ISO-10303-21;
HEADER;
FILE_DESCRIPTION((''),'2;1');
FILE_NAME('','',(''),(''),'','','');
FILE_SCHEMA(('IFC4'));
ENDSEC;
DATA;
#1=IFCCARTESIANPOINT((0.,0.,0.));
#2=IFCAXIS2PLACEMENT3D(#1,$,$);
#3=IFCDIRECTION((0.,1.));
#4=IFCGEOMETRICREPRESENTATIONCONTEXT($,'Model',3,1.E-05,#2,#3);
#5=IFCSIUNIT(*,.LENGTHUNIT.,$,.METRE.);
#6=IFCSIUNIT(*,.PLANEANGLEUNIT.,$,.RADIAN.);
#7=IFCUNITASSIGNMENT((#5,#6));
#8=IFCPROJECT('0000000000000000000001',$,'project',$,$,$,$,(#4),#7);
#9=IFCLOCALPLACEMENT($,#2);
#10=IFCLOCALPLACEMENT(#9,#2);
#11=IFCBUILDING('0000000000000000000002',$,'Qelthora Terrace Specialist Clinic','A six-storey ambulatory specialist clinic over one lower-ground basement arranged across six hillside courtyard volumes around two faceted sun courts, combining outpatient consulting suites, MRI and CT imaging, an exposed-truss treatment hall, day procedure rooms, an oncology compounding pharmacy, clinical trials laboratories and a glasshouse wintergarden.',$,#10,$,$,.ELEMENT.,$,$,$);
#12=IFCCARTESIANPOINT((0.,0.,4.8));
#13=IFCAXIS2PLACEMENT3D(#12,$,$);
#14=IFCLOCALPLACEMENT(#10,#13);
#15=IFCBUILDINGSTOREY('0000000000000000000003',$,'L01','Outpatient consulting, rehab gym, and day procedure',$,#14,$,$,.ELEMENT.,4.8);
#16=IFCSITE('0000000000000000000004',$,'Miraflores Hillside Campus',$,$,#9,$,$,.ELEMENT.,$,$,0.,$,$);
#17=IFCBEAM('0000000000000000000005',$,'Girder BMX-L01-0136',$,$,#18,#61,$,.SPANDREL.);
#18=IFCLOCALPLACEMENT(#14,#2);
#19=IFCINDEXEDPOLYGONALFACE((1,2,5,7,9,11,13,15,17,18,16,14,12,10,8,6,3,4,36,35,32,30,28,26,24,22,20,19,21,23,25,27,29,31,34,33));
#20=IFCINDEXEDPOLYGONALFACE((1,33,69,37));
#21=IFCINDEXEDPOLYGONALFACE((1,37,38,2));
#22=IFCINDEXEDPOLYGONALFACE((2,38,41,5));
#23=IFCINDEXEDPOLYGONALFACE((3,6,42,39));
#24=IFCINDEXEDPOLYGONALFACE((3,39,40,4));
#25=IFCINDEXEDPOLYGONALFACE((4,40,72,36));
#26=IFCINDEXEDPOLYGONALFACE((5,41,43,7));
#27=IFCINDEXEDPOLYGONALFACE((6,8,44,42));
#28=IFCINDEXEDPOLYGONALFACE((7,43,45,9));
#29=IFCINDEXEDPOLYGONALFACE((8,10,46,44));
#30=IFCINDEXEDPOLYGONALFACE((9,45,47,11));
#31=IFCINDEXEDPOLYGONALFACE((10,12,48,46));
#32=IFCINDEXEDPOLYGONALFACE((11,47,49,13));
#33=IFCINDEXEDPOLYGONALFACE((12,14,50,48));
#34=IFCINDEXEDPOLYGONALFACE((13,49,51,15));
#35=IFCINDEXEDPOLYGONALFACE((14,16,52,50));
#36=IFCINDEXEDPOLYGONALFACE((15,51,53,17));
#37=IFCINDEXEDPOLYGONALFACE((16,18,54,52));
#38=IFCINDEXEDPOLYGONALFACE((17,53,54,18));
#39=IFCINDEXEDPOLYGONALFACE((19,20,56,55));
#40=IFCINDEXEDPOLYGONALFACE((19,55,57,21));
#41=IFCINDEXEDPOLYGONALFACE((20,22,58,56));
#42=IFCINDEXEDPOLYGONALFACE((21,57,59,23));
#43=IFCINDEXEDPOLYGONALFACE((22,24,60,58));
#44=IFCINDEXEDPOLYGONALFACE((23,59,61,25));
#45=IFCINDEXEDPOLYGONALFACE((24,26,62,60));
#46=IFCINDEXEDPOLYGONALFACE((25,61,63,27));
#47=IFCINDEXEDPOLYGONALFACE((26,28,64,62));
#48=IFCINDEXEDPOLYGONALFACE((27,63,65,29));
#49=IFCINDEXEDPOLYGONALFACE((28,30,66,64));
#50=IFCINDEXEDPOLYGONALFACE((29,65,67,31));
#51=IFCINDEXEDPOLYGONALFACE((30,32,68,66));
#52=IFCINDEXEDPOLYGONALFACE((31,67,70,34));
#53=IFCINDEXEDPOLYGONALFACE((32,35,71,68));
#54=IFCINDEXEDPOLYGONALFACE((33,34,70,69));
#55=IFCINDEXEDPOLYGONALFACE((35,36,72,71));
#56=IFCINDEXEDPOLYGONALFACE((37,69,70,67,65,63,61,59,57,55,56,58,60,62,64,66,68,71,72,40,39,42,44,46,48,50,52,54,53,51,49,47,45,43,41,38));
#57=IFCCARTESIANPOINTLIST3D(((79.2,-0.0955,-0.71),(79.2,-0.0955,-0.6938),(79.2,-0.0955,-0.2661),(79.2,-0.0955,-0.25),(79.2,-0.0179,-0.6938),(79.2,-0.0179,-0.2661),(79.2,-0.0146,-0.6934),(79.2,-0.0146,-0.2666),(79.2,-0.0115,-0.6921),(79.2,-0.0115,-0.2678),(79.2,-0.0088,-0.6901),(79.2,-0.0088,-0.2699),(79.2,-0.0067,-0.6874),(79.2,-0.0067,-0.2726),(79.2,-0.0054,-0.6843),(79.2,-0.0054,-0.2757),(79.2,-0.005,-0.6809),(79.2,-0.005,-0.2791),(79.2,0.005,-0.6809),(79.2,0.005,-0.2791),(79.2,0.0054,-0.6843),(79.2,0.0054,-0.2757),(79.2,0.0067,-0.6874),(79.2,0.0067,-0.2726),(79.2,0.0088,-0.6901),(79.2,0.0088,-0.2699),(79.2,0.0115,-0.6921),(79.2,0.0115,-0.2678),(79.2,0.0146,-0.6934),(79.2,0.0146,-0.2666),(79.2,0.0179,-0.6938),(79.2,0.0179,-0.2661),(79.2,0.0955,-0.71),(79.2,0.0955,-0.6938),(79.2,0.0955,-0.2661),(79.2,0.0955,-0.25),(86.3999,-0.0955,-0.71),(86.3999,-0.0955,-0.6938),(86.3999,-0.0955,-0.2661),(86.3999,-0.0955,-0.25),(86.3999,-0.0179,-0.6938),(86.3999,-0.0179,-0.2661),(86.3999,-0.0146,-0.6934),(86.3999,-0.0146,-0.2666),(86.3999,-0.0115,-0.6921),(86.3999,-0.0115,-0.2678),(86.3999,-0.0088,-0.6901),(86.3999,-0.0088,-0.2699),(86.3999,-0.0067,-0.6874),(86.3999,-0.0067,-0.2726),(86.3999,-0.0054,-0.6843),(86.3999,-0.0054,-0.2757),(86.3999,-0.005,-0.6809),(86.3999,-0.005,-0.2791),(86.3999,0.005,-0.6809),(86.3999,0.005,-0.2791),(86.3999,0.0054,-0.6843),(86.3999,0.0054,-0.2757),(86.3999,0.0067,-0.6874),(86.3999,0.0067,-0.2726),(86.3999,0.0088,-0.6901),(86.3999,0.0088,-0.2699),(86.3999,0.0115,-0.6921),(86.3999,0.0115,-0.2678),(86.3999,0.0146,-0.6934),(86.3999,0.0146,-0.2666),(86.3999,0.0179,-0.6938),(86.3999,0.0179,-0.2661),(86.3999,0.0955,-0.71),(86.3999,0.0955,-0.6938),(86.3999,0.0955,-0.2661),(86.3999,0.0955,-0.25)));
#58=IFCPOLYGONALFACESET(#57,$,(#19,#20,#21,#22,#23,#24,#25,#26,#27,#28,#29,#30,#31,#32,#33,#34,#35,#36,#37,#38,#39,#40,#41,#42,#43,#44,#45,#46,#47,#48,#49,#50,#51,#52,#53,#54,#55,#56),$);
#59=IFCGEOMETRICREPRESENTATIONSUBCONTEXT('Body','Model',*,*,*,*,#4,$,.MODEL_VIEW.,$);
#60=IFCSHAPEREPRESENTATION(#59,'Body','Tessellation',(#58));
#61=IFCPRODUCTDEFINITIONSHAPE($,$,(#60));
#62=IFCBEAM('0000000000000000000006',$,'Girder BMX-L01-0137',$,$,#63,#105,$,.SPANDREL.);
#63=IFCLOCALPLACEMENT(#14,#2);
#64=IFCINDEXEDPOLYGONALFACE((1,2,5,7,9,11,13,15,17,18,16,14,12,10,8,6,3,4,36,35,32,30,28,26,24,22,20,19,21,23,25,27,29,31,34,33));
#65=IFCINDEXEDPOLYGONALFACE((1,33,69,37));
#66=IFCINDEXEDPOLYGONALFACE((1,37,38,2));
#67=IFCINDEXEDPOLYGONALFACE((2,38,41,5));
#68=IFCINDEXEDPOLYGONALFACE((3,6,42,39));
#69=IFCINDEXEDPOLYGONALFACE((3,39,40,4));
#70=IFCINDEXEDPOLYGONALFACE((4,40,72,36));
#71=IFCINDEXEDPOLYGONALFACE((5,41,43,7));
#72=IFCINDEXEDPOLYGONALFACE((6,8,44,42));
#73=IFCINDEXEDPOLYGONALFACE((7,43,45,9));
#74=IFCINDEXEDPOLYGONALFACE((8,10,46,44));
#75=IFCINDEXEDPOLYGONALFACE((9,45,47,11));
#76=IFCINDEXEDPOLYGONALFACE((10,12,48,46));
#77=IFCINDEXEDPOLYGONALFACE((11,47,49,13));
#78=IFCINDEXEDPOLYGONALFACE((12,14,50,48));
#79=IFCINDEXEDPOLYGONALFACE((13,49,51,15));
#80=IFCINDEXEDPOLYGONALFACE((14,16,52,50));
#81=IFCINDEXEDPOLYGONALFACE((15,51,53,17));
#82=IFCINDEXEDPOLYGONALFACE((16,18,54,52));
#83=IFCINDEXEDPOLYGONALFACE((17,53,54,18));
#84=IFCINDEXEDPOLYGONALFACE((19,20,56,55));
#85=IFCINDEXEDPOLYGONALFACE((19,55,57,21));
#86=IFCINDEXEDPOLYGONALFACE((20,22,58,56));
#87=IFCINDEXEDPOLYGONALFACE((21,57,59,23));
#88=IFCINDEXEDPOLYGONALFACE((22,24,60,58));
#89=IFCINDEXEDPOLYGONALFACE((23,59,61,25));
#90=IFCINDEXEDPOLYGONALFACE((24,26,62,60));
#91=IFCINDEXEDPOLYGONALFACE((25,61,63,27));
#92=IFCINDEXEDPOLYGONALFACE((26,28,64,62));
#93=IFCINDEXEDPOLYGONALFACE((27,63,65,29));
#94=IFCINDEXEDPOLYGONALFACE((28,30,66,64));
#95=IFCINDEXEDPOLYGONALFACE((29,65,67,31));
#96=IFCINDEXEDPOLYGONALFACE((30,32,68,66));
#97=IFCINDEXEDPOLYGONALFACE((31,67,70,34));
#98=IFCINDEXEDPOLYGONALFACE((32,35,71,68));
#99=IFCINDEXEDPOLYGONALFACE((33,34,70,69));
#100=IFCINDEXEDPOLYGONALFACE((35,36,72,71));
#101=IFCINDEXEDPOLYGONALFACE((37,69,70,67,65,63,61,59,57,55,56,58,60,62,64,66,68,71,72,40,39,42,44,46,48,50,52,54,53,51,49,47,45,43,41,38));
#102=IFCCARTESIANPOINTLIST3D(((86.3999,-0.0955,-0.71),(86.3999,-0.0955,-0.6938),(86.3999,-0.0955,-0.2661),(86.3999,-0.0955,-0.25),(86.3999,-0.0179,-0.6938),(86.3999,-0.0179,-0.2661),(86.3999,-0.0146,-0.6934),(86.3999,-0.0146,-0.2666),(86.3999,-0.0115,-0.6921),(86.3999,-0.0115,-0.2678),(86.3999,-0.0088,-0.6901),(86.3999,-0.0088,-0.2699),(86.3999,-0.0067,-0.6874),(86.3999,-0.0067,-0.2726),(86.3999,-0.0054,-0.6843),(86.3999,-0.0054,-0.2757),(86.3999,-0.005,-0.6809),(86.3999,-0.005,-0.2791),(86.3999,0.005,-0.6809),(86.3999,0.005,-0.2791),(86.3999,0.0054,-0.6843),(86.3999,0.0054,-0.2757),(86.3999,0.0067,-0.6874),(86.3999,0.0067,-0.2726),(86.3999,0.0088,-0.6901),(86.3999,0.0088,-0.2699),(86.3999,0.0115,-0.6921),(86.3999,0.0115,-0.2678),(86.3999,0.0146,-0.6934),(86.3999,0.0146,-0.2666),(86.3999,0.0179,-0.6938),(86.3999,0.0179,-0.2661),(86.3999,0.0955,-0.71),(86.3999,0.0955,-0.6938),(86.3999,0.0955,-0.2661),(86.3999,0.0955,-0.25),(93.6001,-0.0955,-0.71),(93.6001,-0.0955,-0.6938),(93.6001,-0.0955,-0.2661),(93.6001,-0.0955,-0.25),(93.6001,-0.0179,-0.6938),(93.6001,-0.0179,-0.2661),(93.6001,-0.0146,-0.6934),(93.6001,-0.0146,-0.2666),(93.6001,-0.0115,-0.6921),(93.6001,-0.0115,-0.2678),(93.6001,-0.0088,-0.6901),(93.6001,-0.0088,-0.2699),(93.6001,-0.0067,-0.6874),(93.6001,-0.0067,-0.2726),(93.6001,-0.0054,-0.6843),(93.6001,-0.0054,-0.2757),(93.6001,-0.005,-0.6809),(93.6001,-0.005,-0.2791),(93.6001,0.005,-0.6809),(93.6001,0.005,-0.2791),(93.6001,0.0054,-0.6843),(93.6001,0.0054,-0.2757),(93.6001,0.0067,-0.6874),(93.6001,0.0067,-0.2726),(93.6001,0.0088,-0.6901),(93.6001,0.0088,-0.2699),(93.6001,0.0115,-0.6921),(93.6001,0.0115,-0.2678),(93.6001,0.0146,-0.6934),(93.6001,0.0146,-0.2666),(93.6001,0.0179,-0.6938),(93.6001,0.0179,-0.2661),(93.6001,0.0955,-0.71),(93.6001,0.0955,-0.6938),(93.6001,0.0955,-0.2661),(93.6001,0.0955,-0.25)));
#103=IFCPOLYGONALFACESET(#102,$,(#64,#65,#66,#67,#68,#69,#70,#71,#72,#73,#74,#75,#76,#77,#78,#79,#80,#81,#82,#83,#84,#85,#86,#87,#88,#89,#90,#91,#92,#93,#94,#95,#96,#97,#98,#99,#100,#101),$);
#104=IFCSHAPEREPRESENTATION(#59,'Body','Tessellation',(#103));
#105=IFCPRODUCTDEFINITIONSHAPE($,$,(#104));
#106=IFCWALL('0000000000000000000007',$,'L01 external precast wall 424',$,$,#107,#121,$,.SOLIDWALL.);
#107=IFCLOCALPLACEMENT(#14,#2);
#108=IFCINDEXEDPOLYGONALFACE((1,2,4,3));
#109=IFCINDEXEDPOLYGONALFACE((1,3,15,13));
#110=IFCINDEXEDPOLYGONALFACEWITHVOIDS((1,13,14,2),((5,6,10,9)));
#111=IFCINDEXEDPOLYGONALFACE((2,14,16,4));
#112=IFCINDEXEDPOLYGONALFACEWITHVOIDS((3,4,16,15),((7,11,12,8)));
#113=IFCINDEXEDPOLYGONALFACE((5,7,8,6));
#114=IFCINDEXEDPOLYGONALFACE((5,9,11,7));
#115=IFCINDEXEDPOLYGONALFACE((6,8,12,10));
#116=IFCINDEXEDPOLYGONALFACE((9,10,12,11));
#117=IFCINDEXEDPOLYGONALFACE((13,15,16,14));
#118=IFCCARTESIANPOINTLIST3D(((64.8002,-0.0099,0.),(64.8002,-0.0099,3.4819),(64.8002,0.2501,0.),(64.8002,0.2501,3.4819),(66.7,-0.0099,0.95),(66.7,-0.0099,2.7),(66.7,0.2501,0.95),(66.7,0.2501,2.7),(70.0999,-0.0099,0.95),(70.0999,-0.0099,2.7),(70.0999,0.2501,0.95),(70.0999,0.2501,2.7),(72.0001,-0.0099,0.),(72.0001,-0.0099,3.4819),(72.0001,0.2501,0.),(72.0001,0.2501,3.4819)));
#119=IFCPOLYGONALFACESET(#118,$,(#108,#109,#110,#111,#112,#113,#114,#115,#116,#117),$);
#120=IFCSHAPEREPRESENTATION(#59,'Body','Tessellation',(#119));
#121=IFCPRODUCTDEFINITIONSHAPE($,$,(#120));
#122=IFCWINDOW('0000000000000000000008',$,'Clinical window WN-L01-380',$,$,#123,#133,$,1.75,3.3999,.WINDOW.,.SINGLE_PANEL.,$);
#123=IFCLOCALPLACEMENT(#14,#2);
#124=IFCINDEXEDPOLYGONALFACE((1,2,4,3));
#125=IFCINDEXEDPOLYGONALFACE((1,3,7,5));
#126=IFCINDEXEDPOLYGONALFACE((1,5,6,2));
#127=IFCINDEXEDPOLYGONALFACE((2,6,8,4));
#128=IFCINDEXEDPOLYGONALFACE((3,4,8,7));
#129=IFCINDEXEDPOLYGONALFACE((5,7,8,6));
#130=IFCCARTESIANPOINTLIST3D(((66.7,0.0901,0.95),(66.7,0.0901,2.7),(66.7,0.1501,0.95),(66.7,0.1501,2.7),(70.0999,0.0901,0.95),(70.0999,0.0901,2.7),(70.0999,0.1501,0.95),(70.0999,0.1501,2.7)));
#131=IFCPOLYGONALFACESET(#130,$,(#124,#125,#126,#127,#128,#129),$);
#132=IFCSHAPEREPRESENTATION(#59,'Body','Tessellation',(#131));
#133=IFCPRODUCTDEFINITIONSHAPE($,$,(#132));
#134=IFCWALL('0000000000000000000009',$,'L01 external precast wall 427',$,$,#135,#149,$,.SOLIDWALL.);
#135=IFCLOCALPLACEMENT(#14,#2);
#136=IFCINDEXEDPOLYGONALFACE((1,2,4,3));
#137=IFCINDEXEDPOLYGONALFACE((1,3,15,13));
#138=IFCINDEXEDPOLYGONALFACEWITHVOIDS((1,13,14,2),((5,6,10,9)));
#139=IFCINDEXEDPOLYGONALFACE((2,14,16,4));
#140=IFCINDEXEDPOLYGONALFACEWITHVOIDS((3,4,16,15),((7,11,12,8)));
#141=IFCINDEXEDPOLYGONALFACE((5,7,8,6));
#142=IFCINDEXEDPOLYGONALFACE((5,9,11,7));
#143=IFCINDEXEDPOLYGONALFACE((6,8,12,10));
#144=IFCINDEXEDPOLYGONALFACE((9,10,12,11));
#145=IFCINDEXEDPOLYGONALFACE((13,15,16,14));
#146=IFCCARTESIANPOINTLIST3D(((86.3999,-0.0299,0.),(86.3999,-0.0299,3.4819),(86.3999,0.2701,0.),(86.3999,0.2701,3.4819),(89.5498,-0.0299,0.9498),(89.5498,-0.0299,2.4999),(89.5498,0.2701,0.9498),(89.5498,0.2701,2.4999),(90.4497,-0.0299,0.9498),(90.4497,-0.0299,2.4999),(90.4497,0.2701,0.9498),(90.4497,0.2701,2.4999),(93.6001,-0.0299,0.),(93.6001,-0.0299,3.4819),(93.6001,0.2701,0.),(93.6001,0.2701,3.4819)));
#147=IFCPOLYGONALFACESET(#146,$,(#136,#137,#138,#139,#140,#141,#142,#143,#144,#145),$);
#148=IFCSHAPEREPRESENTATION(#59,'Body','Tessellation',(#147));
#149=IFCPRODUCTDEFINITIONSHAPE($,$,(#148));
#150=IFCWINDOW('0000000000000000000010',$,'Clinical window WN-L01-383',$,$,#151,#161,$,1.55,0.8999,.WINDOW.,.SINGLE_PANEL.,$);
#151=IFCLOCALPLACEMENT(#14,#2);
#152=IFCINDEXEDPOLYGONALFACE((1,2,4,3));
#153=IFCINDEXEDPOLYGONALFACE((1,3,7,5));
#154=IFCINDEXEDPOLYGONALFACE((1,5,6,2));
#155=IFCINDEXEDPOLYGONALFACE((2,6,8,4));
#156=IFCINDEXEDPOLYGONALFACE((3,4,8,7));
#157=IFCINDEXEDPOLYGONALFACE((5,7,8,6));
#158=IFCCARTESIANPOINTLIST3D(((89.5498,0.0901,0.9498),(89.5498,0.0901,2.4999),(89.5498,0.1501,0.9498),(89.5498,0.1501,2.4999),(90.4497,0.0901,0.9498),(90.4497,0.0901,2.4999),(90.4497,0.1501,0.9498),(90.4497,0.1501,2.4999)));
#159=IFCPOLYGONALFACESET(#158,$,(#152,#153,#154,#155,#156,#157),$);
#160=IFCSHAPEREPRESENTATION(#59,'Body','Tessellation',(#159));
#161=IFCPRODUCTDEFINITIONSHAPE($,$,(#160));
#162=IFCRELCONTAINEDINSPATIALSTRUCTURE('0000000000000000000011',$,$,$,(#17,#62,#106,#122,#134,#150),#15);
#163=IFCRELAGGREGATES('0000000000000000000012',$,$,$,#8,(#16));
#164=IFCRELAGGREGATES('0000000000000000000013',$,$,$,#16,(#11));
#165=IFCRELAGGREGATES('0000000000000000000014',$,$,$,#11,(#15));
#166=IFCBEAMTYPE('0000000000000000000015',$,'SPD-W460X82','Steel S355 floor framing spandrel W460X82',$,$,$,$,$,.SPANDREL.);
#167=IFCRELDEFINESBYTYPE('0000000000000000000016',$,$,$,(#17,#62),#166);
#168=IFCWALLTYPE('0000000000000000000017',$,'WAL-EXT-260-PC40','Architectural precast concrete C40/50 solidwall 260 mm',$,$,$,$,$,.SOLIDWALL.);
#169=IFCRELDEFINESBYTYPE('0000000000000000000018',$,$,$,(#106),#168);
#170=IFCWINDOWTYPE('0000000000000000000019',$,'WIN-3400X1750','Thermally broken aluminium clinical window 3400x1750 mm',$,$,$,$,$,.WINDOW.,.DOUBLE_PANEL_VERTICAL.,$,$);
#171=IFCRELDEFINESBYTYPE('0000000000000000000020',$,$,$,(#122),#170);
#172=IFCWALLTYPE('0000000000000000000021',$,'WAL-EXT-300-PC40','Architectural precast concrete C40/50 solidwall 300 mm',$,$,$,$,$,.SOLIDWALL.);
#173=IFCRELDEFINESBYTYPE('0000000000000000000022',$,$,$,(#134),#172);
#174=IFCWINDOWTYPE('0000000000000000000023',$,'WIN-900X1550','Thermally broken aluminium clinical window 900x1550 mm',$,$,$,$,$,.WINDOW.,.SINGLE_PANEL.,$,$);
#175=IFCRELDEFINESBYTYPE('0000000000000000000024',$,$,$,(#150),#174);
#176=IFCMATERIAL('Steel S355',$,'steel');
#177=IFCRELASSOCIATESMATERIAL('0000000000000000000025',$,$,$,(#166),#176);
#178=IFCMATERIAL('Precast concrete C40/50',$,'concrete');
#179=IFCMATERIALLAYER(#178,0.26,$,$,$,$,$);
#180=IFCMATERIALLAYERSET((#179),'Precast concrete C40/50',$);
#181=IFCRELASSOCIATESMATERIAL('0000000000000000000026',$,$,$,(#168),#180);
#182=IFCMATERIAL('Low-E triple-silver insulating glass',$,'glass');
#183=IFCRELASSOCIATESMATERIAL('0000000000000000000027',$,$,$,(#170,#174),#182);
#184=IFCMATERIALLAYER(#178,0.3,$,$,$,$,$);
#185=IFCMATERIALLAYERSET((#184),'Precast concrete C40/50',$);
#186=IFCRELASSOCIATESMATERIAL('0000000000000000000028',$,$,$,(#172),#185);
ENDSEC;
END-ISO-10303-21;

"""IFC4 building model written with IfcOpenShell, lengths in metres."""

from ifc_helpers import new_model, si_unit, direction, frame, frame_2d, origin, origin_2d, place, context, subcontext, project, spatial, rectangle, i_section, extrude, material, layer, layer_set, material_profile, profile_set, type_object, element, fill, save


model = new_model("IFC4")

# Units and contexts
model_context = context("Model", 3, precision=1e-05, world=origin(), true_north=direction((0.0, 1.0)))
body_context = subcontext(model_context, "Body", "Model", "MODEL_VIEW")
ifc_project = project(units=[si_unit("LENGTHUNIT", "METRE"), si_unit("PLANEANGLEUNIT", "RADIAN")], contexts=[model_context])

# Site, building, storey
site_placement = place(None, origin())
site = spatial("IfcSite", under=ifc_project, at=site_placement, Name="Miraflores Hillside Campus", CompositionType="ELEMENT", RefElevation=0.0)
building_placement = place(site_placement, origin())
building = spatial("IfcBuilding", under=site, at=building_placement, Name="Qelthora Terrace Specialist Clinic", Description="A six-storey ambulatory specialist clinic over one lower-ground basement arranged across six hillside courtyard volumes around two faceted sun courts, combining outpatient consulting suites, MRI and CT imaging, an exposed-truss treatment hall, day procedure rooms, an oncology compounding pharmacy, clinical trials laboratories and a glasshouse wintergarden.", CompositionType="ELEMENT")
storey_placement = place(building_placement, frame((0.0, 0.0, 4.8)))
storey = spatial("IfcBuildingStorey", under=building, at=storey_placement, Name="L01", Description="Outpatient consulting, rehab gym, and day procedure", CompositionType="ELEMENT", Elevation=4.8)

# Shared definitions
ifc_material_1 = material(Name="Steel S355", Category="steel")

# Beams
ifc_material_profile_1 = material_profile(ifc_material_1, i_section(OverallWidth=0.1909, OverallDepth=0.46, WebThickness=0.01, FlangeThickness=0.0161, FilletRadius=0.0129, at=origin_2d()), Name="W460X82")
ifc_profile_set_1 = profile_set([ifc_material_profile_1], Name="Steel S355")
beam_type_1 = type_object("IfcBeamType", Name="SPD-W460X82", Description="Steel S355 floor framing spandrel W460X82", PredefinedType="SPANDREL", material=ifc_profile_set_1)
for number, where, z_axis, x_axis, name in (
    (1, (79.2, 0.0, -0.48), (1.0, 0.0, 0.0), (0.0, 1.0, 0.0), "Girder BMX-L01-0136"),
):
    element("IfcBeam", number, at=place(storey_placement, frame(where, z_axis=z_axis, x_axis=x_axis)), inside=storey, type_object=beam_type_1, Name=name, PredefinedType="SPANDREL", context=body_context, shape_type="SweptSolid", body=[
        extrude(i_section(OverallWidth=0.1909, OverallDepth=0.46, WebThickness=0.01, FlangeThickness=0.0161, FilletRadius=0.0129, at=origin_2d()), origin(), (0.0, 0.0, 1.0), 7.2),
    ])
beam_1_placement = place(storey_placement, frame((86.3999, 0.0, -0.48), z_axis=(1.0, 0.0, 0.0), x_axis=(0.0, 1.0, 0.0)))
element("IfcBeam", 2, at=beam_1_placement, inside=storey, type_object=beam_type_1, Name="Girder BMX-L01-0137", PredefinedType="SPANDREL", context=body_context, shape_type="SweptSolid", body=[
    extrude(i_section(OverallWidth=0.1909, OverallDepth=0.46, WebThickness=0.01, FlangeThickness=0.0161, FilletRadius=0.0129, at=origin_2d()), origin(), (0.0, 0.0, 1.0), 7.2002),
])

# Walls, openings, windows
ifc_material_2 = material(Name="Precast concrete C40/50", Category="concrete")
ifc_layer_1 = layer(ifc_material_2, 0.26)
ifc_layer_set_1 = layer_set([ifc_layer_1], Name="Precast concrete C40/50")
wall_type_1 = type_object("IfcWallType", Name="WAL-EXT-260-PC40", Description="Architectural precast concrete C40/50 solidwall 260 mm", PredefinedType="SOLIDWALL", material=ifc_layer_set_1)
wall_1_placement = place(storey_placement, frame((64.8, 0.1201, 0.0), z_axis=(0.0, 0.0, 1.0), x_axis=(1.0, 0.0, 0.0)))
wall_1 = element("IfcWall", 3, at=wall_1_placement, inside=storey, type_object=wall_type_1, Name="L01 external precast wall 424", PredefinedType="SOLIDWALL", context=body_context, shape_type="SweptSolid", body=[
    extrude(rectangle(XDim=7.2, YDim=0.26, at=frame_2d((3.6001, 0.0))), origin(), (0.0, 0.0, 1.0), 3.4819),
])
opening_1_placement = place(wall_1_placement, frame((1.8999, 0.0, 0.95)))
opening_1 = element("IfcOpeningElement", 4, at=opening_1_placement, cuts=wall_1, PredefinedType="OPENING", context=body_context, shape_type="SweptSolid", body=[
    extrude(rectangle(XDim=3.3999, YDim=1.75, at=frame_2d((1.7, 0.875))), frame((0.0, 0.1399, 0.0), z_axis=(0.0, -1.0, 0.0), x_axis=(1.0, 0.0, 0.0)), (0.0, 0.0, 1.0), 0.28),
])
ifc_material_3 = material(Name="Low-E triple-silver insulating glass", Category="glass")
window_type_1 = type_object("IfcWindowType", Name="WIN-3400X1750", Description="Thermally broken aluminium clinical window 3400x1750 mm", PartitioningType="DOUBLE_PANEL_VERTICAL", PredefinedType="WINDOW", material=ifc_material_3)
window_1_placement = place(opening_1_placement, origin())
window_1 = element("IfcWindow", 5, at=window_1_placement, inside=storey, type_object=window_type_1, Name="Clinical window WN-L01-380", OverallHeight=1.75, OverallWidth=3.3999, PartitioningType="SINGLE_PANEL", PredefinedType="WINDOW", context=body_context, shape_type="SweptSolid", body=[
    extrude(rectangle(XDim=3.3999, YDim=1.75, at=frame_2d((1.7, 0.875))), frame((0.0, 0.03, 0.0), z_axis=(0.0, -1.0, 0.0), x_axis=(1.0, 0.0, 0.0)), (0.0, 0.0, 1.0), 0.0601),
])
fill(opening_1, window_1)
ifc_layer_2 = layer(ifc_material_2, 0.3)
ifc_layer_set_2 = layer_set([ifc_layer_2], Name="Precast concrete C40/50")
wall_type_2 = type_object("IfcWallType", Name="WAL-EXT-300-PC40", Description="Architectural precast concrete C40/50 solidwall 300 mm", PredefinedType="SOLIDWALL", material=ifc_layer_set_2)
wall_2_placement = place(storey_placement, frame((86.3999, 0.1201, 0.0), z_axis=(0.0, 0.0, 1.0), x_axis=(1.0, 0.0, 0.0)))
wall_2 = element("IfcWall", 6, at=wall_2_placement, inside=storey, type_object=wall_type_2, Name="L01 external precast wall 427", PredefinedType="SOLIDWALL", context=body_context, shape_type="SweptSolid", body=[
    extrude(rectangle(XDim=7.2002, YDim=0.3, at=frame_2d((3.6001, 0.0))), origin(), (0.0, 0.0, 1.0), 3.4819),
])
opening_2_placement = place(wall_2_placement, frame((3.1499, 0.0, 0.95)))
opening_2 = element("IfcOpeningElement", 7, at=opening_2_placement, cuts=wall_2, PredefinedType="OPENING", context=body_context, shape_type="SweptSolid", body=[
    extrude(rectangle(XDim=0.8999, YDim=1.55, at=frame_2d((0.45, 0.7749))), frame((0.0, 0.1599, 0.0), z_axis=(0.0, -1.0, 0.0), x_axis=(1.0, 0.0, 0.0)), (0.0, 0.0, 1.0), 0.3201),
])
window_type_2 = type_object("IfcWindowType", Name="WIN-900X1550", Description="Thermally broken aluminium clinical window 900x1550 mm", PartitioningType="SINGLE_PANEL", PredefinedType="WINDOW", material=ifc_material_3)
window_2_placement = place(opening_2_placement, origin())
window_2 = element("IfcWindow", 8, at=window_2_placement, inside=storey, type_object=window_type_2, Name="Clinical window WN-L01-383", OverallHeight=1.55, OverallWidth=0.8999, PartitioningType="SINGLE_PANEL", PredefinedType="WINDOW", context=body_context, shape_type="SweptSolid", body=[
    extrude(rectangle(XDim=0.8999, YDim=1.55, at=frame_2d((0.45, 0.7749))), frame((0.0, 0.03, 0.0), z_axis=(0.0, -1.0, 0.0), x_axis=(1.0, 0.0, 0.0)), (0.0, 0.0, 1.0), 0.0601),
])
fill(opening_2, window_2)

save(model, "model.ifc")
